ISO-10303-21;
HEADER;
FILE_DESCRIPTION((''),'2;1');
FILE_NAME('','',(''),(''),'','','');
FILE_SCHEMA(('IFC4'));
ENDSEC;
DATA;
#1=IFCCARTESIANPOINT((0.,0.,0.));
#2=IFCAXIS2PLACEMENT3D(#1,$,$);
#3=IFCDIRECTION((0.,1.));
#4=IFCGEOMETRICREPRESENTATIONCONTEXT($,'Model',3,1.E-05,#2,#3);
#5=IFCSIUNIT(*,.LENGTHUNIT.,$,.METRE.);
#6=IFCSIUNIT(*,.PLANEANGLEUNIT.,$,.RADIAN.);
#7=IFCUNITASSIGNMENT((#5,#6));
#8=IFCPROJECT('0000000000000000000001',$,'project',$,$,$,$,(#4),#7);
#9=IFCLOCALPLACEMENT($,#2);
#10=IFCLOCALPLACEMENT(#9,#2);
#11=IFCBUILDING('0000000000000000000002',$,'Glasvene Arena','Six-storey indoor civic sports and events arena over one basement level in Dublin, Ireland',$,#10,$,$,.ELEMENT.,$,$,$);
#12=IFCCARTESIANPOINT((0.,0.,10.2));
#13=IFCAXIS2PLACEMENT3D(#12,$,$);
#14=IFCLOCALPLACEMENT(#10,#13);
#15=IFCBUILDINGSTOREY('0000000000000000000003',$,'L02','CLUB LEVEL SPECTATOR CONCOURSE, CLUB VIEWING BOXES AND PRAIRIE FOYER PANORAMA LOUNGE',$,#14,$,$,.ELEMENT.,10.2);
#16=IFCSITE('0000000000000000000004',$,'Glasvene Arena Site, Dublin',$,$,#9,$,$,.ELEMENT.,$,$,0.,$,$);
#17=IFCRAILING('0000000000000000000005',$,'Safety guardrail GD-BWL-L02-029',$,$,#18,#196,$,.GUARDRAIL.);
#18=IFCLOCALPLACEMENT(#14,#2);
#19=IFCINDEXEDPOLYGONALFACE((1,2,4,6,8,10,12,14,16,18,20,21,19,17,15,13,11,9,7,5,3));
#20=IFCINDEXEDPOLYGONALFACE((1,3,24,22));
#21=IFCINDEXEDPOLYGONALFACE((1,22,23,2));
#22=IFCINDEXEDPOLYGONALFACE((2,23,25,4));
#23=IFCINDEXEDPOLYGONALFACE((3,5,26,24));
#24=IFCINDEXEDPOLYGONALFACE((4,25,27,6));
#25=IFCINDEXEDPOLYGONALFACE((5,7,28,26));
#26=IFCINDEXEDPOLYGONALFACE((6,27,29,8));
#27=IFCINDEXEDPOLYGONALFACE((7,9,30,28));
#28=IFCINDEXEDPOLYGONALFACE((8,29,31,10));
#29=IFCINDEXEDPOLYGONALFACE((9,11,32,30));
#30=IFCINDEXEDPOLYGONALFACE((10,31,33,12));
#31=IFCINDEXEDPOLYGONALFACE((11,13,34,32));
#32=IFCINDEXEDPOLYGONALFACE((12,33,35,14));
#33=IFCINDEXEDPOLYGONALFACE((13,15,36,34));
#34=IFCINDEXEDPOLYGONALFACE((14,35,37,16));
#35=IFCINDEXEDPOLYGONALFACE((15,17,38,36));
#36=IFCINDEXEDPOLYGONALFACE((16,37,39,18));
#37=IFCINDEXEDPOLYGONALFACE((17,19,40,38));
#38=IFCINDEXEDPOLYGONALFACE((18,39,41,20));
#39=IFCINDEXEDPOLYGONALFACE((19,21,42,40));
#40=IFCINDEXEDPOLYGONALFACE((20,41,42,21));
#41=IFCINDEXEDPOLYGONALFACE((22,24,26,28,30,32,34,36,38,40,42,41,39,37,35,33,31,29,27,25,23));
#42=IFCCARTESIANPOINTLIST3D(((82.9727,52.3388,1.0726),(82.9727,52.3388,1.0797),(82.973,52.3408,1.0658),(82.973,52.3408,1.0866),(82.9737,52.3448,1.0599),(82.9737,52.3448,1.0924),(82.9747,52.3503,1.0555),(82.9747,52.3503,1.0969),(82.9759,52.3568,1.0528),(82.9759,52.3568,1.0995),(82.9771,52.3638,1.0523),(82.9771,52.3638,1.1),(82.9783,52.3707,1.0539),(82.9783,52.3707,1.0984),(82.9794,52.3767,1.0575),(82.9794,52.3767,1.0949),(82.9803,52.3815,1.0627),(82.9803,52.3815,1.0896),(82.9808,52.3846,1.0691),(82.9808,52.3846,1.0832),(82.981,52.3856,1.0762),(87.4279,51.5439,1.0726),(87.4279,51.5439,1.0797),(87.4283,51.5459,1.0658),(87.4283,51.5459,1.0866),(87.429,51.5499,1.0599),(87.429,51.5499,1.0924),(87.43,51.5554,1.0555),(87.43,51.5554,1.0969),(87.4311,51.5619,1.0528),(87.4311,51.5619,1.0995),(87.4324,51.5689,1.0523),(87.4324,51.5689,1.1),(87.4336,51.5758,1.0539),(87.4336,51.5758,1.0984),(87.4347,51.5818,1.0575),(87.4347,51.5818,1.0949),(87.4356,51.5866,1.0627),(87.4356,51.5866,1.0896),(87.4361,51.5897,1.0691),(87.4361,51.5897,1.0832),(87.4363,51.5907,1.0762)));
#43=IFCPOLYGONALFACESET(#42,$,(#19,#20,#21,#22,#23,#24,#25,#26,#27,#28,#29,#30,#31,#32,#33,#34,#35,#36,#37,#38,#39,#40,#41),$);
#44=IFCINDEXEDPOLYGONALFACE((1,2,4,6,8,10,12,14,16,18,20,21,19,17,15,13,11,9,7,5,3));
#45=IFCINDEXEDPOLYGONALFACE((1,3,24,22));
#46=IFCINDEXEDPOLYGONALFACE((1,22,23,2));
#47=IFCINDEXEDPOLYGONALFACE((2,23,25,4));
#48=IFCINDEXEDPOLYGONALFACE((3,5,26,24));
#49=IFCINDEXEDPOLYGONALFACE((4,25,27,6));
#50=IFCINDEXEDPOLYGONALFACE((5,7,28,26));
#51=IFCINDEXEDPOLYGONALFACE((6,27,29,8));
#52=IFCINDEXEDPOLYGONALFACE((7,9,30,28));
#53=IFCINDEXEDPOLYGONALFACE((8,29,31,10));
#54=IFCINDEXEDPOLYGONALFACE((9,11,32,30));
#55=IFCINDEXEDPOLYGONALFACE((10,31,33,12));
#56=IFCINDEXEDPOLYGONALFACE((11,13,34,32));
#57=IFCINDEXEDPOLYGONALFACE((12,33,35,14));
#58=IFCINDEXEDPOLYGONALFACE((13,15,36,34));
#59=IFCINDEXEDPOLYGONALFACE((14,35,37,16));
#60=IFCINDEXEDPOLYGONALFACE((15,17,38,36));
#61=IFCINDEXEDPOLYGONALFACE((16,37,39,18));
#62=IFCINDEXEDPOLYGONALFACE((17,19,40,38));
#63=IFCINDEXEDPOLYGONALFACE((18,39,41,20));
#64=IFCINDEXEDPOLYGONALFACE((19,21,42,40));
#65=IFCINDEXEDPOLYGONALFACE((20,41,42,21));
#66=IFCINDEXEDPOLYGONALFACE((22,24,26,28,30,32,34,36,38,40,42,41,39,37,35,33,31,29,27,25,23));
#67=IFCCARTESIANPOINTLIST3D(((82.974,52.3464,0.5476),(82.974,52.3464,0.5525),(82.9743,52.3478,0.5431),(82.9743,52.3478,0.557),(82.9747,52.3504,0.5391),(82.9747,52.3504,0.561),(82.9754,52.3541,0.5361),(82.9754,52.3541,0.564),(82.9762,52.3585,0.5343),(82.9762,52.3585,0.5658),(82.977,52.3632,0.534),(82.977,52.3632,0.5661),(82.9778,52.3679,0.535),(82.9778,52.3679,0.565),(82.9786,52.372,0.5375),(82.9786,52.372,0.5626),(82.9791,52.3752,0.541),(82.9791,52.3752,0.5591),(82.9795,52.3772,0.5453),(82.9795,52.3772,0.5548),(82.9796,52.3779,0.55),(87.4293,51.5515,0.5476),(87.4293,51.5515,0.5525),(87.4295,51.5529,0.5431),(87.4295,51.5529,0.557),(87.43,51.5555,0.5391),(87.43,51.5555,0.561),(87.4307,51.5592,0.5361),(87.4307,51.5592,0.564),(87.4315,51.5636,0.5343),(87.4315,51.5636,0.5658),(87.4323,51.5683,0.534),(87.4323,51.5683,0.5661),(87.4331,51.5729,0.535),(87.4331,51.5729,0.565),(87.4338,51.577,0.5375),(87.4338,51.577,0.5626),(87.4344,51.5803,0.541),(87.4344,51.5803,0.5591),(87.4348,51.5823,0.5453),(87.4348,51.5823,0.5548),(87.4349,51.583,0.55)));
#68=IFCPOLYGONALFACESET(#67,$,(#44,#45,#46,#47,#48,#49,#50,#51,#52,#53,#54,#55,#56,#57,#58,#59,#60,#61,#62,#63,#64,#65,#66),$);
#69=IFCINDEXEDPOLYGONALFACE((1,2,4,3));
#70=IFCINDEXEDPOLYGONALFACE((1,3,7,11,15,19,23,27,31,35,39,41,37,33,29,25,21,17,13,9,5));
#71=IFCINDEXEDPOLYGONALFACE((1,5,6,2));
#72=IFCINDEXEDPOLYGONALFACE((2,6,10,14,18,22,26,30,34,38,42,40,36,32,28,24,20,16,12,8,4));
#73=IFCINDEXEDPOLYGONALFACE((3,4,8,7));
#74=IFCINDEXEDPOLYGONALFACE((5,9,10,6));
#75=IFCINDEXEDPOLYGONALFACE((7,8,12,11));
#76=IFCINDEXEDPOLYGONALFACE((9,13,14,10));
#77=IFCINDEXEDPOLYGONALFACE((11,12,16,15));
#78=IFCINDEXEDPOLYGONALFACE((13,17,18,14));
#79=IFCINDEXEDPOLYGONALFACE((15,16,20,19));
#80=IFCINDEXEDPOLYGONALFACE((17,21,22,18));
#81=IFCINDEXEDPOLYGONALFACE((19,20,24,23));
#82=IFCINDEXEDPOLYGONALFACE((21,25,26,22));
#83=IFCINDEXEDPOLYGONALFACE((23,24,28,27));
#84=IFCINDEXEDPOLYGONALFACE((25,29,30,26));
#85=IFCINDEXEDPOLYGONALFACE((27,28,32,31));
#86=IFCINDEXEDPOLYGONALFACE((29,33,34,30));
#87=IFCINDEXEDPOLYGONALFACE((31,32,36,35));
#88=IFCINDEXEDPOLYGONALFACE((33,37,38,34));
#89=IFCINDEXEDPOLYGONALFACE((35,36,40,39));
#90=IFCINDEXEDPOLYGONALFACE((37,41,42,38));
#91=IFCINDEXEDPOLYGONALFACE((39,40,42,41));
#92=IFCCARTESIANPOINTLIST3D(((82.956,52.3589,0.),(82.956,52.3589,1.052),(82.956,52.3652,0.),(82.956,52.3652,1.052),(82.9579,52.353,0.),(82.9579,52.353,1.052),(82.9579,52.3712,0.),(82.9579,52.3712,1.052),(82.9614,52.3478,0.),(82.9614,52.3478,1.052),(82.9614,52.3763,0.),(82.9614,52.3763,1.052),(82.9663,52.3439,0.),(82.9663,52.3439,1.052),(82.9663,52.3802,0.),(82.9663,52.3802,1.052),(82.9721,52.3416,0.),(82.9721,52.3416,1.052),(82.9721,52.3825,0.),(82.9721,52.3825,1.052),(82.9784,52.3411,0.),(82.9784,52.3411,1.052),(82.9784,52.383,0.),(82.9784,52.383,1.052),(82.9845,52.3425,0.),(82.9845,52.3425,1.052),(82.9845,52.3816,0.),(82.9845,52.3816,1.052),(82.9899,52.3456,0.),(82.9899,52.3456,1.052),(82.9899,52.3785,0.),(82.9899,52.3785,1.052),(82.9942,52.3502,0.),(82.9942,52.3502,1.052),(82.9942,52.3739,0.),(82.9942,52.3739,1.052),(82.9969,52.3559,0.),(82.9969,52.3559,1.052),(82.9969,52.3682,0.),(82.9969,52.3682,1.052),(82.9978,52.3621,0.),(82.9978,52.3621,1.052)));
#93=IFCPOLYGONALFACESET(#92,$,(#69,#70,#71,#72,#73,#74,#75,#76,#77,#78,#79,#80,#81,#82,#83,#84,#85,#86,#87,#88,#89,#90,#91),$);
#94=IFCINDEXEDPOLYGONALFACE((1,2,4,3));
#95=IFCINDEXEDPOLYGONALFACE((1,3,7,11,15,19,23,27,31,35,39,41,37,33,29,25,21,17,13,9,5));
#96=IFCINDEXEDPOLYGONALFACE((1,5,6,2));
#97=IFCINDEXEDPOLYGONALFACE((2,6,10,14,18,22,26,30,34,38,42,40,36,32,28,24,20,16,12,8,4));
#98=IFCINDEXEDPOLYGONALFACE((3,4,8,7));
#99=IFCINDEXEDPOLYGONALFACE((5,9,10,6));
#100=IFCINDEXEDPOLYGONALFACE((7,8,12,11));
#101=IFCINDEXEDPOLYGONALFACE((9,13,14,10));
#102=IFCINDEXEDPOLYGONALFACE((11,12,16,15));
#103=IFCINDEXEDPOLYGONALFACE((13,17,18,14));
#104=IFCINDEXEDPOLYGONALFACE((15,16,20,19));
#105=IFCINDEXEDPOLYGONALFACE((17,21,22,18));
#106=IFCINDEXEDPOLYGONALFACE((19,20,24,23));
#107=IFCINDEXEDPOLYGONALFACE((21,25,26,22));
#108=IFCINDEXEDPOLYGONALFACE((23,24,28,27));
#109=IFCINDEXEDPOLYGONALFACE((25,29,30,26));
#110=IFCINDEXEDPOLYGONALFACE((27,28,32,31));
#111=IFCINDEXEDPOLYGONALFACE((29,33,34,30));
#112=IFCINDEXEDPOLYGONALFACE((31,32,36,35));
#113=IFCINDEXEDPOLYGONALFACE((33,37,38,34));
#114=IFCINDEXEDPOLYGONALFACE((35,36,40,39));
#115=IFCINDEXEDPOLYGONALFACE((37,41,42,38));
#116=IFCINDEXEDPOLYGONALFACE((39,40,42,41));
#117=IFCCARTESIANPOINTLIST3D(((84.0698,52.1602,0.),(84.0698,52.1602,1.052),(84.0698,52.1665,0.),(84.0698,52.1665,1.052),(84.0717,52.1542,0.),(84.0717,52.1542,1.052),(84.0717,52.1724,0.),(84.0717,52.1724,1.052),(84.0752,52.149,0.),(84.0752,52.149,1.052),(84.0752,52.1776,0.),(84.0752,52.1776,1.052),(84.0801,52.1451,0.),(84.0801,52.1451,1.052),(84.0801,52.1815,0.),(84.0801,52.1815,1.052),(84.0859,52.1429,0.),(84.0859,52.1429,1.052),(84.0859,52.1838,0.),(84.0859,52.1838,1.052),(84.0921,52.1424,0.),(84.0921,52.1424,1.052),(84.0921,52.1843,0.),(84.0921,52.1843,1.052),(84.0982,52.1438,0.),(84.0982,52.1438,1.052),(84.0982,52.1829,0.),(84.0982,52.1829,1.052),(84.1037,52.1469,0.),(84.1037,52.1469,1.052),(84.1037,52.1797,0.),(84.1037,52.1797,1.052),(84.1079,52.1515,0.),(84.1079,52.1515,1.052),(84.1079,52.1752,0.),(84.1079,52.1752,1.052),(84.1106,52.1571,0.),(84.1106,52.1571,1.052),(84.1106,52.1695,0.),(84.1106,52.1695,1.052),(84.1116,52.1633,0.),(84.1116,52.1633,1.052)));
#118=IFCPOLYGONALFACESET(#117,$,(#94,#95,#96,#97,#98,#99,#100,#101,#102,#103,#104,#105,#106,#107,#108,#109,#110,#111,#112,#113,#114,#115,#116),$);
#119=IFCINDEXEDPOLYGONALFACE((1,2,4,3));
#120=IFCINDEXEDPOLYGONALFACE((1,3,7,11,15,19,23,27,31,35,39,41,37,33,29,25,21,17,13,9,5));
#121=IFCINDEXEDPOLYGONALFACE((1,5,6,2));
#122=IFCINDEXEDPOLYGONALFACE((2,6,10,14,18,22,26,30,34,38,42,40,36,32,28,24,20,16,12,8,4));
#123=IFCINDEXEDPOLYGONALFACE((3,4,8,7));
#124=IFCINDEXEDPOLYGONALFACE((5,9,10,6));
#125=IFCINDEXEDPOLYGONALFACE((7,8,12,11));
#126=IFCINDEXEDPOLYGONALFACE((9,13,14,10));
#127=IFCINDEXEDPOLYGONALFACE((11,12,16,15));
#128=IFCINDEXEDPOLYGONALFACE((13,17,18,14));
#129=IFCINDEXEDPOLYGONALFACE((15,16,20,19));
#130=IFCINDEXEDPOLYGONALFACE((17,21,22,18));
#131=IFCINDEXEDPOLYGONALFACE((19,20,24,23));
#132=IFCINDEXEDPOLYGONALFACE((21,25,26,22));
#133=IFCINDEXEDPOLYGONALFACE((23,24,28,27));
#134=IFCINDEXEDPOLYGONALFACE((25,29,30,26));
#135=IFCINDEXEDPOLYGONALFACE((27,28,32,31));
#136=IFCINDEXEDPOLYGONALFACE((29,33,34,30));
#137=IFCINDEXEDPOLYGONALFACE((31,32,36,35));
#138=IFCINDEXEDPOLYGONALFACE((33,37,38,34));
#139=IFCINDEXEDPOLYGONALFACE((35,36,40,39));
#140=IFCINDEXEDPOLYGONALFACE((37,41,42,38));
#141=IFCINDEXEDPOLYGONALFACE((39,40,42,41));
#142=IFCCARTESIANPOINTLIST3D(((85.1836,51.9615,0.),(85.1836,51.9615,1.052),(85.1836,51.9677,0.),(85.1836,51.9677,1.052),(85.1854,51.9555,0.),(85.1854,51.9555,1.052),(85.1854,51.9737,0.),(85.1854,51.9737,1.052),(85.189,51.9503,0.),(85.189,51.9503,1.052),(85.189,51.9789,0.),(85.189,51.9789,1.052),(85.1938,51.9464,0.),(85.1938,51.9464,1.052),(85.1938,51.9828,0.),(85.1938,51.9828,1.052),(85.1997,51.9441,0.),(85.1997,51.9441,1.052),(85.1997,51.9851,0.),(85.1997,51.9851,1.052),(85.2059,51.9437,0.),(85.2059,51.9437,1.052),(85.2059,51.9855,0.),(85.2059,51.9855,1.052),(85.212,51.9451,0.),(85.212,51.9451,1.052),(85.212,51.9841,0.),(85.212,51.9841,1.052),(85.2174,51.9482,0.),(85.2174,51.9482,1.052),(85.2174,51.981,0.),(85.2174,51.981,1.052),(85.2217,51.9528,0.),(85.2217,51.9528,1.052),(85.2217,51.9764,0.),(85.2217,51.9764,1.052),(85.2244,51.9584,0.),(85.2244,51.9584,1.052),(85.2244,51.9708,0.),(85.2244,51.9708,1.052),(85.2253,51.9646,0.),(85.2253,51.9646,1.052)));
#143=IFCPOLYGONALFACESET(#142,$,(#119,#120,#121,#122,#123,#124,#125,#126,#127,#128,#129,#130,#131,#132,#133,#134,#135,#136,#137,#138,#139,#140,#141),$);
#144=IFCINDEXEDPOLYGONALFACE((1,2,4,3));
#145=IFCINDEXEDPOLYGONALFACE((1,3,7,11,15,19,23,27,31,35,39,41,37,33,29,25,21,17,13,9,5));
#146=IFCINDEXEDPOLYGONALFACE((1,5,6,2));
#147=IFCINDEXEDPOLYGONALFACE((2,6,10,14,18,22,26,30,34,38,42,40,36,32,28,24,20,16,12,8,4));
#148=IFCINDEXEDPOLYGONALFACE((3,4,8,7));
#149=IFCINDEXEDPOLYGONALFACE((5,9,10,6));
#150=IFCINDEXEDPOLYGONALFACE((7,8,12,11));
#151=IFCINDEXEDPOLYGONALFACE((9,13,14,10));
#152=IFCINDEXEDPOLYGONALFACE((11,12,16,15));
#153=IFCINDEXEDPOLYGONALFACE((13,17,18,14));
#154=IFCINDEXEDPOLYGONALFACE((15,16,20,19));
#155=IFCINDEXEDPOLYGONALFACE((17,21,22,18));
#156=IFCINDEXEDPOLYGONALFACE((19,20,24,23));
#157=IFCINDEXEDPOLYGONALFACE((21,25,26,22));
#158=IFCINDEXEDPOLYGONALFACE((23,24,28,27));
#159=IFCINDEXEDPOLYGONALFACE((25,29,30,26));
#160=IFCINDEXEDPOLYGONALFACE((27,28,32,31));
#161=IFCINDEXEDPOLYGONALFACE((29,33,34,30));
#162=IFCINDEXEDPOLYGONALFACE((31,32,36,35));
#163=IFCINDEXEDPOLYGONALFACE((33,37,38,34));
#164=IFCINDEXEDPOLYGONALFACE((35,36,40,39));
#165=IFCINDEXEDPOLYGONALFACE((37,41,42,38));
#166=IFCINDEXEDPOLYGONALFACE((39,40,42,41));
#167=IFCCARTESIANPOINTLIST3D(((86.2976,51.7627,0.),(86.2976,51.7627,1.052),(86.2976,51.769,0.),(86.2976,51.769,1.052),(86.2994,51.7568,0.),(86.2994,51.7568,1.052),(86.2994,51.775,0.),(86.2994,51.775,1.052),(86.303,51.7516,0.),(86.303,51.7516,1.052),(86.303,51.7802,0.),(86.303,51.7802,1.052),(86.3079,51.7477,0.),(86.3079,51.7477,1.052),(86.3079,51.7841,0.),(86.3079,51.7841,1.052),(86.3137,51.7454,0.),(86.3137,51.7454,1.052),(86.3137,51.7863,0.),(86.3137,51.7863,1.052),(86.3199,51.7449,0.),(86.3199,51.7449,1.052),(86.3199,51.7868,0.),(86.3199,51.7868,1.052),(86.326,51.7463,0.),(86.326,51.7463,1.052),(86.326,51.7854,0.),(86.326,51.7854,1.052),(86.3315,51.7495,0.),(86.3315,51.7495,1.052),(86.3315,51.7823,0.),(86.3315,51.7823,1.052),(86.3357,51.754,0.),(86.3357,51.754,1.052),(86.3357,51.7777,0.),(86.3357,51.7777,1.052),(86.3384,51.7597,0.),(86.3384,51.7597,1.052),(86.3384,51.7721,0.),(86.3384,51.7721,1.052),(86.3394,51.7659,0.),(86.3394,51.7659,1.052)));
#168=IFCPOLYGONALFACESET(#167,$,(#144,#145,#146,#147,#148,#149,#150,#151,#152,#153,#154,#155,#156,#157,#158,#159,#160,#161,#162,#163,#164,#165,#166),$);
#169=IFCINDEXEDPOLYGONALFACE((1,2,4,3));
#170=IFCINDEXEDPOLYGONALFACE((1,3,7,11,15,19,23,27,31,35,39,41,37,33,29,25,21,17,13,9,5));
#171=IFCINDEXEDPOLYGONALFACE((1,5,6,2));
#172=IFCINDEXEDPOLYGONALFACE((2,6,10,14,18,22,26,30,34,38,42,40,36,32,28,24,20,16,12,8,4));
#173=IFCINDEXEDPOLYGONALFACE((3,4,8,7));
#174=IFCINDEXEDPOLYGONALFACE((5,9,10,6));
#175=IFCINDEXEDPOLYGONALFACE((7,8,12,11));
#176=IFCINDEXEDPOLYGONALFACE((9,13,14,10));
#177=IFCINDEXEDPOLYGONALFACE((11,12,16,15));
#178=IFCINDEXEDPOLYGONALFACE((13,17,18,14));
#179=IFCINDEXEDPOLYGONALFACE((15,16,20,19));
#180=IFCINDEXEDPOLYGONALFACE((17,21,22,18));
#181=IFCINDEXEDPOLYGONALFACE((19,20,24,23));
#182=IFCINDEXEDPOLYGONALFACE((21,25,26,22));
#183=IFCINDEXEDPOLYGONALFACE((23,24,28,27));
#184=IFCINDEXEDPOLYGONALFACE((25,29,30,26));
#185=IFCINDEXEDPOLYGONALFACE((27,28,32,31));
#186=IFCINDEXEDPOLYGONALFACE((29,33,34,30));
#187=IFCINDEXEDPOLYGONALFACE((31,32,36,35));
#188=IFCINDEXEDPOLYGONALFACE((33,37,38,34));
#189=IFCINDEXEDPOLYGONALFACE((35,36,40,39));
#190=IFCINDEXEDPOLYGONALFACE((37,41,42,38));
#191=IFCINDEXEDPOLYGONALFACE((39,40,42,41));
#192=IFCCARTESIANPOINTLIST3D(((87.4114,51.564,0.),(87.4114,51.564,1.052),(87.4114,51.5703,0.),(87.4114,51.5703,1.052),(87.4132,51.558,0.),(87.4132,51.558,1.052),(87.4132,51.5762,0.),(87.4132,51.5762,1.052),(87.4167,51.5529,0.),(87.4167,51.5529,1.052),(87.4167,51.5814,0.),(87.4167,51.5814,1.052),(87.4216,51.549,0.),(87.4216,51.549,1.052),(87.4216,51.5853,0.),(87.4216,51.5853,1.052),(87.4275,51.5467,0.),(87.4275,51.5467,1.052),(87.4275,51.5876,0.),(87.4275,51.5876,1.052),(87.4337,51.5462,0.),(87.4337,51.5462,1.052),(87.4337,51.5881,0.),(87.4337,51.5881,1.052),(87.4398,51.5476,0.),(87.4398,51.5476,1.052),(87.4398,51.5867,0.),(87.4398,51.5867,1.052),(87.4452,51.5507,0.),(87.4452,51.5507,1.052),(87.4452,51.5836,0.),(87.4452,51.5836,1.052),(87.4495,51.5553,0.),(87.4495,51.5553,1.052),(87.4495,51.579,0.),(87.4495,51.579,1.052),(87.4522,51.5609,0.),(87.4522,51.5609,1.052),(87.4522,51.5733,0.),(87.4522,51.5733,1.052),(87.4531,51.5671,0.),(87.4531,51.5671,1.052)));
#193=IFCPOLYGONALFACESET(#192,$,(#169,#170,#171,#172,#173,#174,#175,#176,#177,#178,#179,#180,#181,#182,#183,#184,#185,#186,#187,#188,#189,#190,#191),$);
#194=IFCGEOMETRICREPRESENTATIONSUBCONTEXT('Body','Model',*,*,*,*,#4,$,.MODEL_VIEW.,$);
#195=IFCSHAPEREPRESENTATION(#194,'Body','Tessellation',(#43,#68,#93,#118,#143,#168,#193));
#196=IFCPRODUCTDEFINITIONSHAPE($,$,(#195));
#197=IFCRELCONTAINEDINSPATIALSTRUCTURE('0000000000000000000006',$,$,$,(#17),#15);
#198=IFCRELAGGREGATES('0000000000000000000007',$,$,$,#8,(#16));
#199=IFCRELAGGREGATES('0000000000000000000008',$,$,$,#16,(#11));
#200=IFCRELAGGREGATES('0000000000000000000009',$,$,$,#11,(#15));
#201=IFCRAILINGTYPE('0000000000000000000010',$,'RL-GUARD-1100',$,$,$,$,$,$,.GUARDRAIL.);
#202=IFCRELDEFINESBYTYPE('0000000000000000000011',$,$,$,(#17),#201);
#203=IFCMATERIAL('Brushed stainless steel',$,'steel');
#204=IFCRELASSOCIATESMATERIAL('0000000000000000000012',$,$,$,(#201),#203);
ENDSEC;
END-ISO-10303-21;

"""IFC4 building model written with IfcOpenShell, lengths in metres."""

from ifc_helpers import new_model, si_unit, direction, frame, origin, origin_2d, place, context, subcontext, project, spatial, circle, extrude, material, type_object, element, save


model = new_model("IFC4")

# Units and contexts
model_context = context("Model", 3, precision=1e-05, world=origin(), true_north=direction((0.0, 1.0)))
body_context = subcontext(model_context, "Body", "Model", "MODEL_VIEW")
ifc_project = project(units=[si_unit("LENGTHUNIT", "METRE"), si_unit("PLANEANGLEUNIT", "RADIAN")], contexts=[model_context])

# Site, building, storey
site_placement = place(None, origin())
site = spatial("IfcSite", under=ifc_project, at=site_placement, Name="Glasvene Arena Site, Dublin", CompositionType="ELEMENT", RefElevation=0.0)
building_placement = place(site_placement, origin())
building = spatial("IfcBuilding", under=site, at=building_placement, Name="Glasvene Arena", Description="Six-storey indoor civic sports and events arena over one basement level in Dublin, Ireland", CompositionType="ELEMENT")
storey_placement = place(building_placement, frame((0.0, 0.0, 10.2)))
storey = spatial("IfcBuildingStorey", under=building, at=storey_placement, Name="L02", Description="CLUB LEVEL SPECTATOR CONCOURSE, CLUB VIEWING BOXES AND PRAIRIE FOYER PANORAMA LOUNGE", CompositionType="ELEMENT", Elevation=10.2)

# Railing
ifc_material_1 = material(Name="Brushed stainless steel", Category="steel")
railing_type = type_object("IfcRailingType", Name="RL-GUARD-1100", PredefinedType="GUARDRAIL", material=ifc_material_1)
railing_1_placement = place(storey_placement, frame((82.9768, 52.3621, 0.0)))
element("IfcRailing", 1, at=railing_1_placement, inside=storey, type_object=railing_type, Name="Safety guardrail GD-BWL-L02-029", PredefinedType="GUARDRAIL", context=body_context, shape_type="SweptSolid", body=[
    extrude(circle(Radius=0.0239, at=origin_2d()), frame((0.0, 0.0, 1.0762), z_axis=(0.984453, -0.175647, 0.0), x_axis=(0.175647, 0.984453, 0.0)), (0.0, 0.0, 1.0), 4.5256),
    extrude(circle(Radius=0.0161, at=origin_2d()), frame((0.0, 0.0, 0.55), z_axis=(0.984453, -0.175647, 0.0), x_axis=(0.175647, 0.984453, 0.0)), (0.0, 0.0, 1.0), 4.5256),
    extrude(circle(Radius=0.021, at=origin_2d()), origin(), (0.0, 0.0, 1.0), 1.052),
    extrude(circle(Radius=0.021, at=origin_2d()), frame((1.1138, -0.1987, 0.0)), (0.0, 0.0, 1.0), 1.052),
    extrude(circle(Radius=0.021, at=origin_2d()), frame((2.2275, -0.3975, 0.0)), (0.0, 0.0, 1.0), 1.052),
    extrude(circle(Radius=0.021, at=origin_2d()), frame((3.3416, -0.5962, 0.0)), (0.0, 0.0, 1.0), 1.052),
    extrude(circle(Radius=0.021, at=origin_2d()), frame((4.4553, -0.7949, 0.0)), (0.0, 0.0, 1.0), 1.052),
])

save(model, "model.ifc")
